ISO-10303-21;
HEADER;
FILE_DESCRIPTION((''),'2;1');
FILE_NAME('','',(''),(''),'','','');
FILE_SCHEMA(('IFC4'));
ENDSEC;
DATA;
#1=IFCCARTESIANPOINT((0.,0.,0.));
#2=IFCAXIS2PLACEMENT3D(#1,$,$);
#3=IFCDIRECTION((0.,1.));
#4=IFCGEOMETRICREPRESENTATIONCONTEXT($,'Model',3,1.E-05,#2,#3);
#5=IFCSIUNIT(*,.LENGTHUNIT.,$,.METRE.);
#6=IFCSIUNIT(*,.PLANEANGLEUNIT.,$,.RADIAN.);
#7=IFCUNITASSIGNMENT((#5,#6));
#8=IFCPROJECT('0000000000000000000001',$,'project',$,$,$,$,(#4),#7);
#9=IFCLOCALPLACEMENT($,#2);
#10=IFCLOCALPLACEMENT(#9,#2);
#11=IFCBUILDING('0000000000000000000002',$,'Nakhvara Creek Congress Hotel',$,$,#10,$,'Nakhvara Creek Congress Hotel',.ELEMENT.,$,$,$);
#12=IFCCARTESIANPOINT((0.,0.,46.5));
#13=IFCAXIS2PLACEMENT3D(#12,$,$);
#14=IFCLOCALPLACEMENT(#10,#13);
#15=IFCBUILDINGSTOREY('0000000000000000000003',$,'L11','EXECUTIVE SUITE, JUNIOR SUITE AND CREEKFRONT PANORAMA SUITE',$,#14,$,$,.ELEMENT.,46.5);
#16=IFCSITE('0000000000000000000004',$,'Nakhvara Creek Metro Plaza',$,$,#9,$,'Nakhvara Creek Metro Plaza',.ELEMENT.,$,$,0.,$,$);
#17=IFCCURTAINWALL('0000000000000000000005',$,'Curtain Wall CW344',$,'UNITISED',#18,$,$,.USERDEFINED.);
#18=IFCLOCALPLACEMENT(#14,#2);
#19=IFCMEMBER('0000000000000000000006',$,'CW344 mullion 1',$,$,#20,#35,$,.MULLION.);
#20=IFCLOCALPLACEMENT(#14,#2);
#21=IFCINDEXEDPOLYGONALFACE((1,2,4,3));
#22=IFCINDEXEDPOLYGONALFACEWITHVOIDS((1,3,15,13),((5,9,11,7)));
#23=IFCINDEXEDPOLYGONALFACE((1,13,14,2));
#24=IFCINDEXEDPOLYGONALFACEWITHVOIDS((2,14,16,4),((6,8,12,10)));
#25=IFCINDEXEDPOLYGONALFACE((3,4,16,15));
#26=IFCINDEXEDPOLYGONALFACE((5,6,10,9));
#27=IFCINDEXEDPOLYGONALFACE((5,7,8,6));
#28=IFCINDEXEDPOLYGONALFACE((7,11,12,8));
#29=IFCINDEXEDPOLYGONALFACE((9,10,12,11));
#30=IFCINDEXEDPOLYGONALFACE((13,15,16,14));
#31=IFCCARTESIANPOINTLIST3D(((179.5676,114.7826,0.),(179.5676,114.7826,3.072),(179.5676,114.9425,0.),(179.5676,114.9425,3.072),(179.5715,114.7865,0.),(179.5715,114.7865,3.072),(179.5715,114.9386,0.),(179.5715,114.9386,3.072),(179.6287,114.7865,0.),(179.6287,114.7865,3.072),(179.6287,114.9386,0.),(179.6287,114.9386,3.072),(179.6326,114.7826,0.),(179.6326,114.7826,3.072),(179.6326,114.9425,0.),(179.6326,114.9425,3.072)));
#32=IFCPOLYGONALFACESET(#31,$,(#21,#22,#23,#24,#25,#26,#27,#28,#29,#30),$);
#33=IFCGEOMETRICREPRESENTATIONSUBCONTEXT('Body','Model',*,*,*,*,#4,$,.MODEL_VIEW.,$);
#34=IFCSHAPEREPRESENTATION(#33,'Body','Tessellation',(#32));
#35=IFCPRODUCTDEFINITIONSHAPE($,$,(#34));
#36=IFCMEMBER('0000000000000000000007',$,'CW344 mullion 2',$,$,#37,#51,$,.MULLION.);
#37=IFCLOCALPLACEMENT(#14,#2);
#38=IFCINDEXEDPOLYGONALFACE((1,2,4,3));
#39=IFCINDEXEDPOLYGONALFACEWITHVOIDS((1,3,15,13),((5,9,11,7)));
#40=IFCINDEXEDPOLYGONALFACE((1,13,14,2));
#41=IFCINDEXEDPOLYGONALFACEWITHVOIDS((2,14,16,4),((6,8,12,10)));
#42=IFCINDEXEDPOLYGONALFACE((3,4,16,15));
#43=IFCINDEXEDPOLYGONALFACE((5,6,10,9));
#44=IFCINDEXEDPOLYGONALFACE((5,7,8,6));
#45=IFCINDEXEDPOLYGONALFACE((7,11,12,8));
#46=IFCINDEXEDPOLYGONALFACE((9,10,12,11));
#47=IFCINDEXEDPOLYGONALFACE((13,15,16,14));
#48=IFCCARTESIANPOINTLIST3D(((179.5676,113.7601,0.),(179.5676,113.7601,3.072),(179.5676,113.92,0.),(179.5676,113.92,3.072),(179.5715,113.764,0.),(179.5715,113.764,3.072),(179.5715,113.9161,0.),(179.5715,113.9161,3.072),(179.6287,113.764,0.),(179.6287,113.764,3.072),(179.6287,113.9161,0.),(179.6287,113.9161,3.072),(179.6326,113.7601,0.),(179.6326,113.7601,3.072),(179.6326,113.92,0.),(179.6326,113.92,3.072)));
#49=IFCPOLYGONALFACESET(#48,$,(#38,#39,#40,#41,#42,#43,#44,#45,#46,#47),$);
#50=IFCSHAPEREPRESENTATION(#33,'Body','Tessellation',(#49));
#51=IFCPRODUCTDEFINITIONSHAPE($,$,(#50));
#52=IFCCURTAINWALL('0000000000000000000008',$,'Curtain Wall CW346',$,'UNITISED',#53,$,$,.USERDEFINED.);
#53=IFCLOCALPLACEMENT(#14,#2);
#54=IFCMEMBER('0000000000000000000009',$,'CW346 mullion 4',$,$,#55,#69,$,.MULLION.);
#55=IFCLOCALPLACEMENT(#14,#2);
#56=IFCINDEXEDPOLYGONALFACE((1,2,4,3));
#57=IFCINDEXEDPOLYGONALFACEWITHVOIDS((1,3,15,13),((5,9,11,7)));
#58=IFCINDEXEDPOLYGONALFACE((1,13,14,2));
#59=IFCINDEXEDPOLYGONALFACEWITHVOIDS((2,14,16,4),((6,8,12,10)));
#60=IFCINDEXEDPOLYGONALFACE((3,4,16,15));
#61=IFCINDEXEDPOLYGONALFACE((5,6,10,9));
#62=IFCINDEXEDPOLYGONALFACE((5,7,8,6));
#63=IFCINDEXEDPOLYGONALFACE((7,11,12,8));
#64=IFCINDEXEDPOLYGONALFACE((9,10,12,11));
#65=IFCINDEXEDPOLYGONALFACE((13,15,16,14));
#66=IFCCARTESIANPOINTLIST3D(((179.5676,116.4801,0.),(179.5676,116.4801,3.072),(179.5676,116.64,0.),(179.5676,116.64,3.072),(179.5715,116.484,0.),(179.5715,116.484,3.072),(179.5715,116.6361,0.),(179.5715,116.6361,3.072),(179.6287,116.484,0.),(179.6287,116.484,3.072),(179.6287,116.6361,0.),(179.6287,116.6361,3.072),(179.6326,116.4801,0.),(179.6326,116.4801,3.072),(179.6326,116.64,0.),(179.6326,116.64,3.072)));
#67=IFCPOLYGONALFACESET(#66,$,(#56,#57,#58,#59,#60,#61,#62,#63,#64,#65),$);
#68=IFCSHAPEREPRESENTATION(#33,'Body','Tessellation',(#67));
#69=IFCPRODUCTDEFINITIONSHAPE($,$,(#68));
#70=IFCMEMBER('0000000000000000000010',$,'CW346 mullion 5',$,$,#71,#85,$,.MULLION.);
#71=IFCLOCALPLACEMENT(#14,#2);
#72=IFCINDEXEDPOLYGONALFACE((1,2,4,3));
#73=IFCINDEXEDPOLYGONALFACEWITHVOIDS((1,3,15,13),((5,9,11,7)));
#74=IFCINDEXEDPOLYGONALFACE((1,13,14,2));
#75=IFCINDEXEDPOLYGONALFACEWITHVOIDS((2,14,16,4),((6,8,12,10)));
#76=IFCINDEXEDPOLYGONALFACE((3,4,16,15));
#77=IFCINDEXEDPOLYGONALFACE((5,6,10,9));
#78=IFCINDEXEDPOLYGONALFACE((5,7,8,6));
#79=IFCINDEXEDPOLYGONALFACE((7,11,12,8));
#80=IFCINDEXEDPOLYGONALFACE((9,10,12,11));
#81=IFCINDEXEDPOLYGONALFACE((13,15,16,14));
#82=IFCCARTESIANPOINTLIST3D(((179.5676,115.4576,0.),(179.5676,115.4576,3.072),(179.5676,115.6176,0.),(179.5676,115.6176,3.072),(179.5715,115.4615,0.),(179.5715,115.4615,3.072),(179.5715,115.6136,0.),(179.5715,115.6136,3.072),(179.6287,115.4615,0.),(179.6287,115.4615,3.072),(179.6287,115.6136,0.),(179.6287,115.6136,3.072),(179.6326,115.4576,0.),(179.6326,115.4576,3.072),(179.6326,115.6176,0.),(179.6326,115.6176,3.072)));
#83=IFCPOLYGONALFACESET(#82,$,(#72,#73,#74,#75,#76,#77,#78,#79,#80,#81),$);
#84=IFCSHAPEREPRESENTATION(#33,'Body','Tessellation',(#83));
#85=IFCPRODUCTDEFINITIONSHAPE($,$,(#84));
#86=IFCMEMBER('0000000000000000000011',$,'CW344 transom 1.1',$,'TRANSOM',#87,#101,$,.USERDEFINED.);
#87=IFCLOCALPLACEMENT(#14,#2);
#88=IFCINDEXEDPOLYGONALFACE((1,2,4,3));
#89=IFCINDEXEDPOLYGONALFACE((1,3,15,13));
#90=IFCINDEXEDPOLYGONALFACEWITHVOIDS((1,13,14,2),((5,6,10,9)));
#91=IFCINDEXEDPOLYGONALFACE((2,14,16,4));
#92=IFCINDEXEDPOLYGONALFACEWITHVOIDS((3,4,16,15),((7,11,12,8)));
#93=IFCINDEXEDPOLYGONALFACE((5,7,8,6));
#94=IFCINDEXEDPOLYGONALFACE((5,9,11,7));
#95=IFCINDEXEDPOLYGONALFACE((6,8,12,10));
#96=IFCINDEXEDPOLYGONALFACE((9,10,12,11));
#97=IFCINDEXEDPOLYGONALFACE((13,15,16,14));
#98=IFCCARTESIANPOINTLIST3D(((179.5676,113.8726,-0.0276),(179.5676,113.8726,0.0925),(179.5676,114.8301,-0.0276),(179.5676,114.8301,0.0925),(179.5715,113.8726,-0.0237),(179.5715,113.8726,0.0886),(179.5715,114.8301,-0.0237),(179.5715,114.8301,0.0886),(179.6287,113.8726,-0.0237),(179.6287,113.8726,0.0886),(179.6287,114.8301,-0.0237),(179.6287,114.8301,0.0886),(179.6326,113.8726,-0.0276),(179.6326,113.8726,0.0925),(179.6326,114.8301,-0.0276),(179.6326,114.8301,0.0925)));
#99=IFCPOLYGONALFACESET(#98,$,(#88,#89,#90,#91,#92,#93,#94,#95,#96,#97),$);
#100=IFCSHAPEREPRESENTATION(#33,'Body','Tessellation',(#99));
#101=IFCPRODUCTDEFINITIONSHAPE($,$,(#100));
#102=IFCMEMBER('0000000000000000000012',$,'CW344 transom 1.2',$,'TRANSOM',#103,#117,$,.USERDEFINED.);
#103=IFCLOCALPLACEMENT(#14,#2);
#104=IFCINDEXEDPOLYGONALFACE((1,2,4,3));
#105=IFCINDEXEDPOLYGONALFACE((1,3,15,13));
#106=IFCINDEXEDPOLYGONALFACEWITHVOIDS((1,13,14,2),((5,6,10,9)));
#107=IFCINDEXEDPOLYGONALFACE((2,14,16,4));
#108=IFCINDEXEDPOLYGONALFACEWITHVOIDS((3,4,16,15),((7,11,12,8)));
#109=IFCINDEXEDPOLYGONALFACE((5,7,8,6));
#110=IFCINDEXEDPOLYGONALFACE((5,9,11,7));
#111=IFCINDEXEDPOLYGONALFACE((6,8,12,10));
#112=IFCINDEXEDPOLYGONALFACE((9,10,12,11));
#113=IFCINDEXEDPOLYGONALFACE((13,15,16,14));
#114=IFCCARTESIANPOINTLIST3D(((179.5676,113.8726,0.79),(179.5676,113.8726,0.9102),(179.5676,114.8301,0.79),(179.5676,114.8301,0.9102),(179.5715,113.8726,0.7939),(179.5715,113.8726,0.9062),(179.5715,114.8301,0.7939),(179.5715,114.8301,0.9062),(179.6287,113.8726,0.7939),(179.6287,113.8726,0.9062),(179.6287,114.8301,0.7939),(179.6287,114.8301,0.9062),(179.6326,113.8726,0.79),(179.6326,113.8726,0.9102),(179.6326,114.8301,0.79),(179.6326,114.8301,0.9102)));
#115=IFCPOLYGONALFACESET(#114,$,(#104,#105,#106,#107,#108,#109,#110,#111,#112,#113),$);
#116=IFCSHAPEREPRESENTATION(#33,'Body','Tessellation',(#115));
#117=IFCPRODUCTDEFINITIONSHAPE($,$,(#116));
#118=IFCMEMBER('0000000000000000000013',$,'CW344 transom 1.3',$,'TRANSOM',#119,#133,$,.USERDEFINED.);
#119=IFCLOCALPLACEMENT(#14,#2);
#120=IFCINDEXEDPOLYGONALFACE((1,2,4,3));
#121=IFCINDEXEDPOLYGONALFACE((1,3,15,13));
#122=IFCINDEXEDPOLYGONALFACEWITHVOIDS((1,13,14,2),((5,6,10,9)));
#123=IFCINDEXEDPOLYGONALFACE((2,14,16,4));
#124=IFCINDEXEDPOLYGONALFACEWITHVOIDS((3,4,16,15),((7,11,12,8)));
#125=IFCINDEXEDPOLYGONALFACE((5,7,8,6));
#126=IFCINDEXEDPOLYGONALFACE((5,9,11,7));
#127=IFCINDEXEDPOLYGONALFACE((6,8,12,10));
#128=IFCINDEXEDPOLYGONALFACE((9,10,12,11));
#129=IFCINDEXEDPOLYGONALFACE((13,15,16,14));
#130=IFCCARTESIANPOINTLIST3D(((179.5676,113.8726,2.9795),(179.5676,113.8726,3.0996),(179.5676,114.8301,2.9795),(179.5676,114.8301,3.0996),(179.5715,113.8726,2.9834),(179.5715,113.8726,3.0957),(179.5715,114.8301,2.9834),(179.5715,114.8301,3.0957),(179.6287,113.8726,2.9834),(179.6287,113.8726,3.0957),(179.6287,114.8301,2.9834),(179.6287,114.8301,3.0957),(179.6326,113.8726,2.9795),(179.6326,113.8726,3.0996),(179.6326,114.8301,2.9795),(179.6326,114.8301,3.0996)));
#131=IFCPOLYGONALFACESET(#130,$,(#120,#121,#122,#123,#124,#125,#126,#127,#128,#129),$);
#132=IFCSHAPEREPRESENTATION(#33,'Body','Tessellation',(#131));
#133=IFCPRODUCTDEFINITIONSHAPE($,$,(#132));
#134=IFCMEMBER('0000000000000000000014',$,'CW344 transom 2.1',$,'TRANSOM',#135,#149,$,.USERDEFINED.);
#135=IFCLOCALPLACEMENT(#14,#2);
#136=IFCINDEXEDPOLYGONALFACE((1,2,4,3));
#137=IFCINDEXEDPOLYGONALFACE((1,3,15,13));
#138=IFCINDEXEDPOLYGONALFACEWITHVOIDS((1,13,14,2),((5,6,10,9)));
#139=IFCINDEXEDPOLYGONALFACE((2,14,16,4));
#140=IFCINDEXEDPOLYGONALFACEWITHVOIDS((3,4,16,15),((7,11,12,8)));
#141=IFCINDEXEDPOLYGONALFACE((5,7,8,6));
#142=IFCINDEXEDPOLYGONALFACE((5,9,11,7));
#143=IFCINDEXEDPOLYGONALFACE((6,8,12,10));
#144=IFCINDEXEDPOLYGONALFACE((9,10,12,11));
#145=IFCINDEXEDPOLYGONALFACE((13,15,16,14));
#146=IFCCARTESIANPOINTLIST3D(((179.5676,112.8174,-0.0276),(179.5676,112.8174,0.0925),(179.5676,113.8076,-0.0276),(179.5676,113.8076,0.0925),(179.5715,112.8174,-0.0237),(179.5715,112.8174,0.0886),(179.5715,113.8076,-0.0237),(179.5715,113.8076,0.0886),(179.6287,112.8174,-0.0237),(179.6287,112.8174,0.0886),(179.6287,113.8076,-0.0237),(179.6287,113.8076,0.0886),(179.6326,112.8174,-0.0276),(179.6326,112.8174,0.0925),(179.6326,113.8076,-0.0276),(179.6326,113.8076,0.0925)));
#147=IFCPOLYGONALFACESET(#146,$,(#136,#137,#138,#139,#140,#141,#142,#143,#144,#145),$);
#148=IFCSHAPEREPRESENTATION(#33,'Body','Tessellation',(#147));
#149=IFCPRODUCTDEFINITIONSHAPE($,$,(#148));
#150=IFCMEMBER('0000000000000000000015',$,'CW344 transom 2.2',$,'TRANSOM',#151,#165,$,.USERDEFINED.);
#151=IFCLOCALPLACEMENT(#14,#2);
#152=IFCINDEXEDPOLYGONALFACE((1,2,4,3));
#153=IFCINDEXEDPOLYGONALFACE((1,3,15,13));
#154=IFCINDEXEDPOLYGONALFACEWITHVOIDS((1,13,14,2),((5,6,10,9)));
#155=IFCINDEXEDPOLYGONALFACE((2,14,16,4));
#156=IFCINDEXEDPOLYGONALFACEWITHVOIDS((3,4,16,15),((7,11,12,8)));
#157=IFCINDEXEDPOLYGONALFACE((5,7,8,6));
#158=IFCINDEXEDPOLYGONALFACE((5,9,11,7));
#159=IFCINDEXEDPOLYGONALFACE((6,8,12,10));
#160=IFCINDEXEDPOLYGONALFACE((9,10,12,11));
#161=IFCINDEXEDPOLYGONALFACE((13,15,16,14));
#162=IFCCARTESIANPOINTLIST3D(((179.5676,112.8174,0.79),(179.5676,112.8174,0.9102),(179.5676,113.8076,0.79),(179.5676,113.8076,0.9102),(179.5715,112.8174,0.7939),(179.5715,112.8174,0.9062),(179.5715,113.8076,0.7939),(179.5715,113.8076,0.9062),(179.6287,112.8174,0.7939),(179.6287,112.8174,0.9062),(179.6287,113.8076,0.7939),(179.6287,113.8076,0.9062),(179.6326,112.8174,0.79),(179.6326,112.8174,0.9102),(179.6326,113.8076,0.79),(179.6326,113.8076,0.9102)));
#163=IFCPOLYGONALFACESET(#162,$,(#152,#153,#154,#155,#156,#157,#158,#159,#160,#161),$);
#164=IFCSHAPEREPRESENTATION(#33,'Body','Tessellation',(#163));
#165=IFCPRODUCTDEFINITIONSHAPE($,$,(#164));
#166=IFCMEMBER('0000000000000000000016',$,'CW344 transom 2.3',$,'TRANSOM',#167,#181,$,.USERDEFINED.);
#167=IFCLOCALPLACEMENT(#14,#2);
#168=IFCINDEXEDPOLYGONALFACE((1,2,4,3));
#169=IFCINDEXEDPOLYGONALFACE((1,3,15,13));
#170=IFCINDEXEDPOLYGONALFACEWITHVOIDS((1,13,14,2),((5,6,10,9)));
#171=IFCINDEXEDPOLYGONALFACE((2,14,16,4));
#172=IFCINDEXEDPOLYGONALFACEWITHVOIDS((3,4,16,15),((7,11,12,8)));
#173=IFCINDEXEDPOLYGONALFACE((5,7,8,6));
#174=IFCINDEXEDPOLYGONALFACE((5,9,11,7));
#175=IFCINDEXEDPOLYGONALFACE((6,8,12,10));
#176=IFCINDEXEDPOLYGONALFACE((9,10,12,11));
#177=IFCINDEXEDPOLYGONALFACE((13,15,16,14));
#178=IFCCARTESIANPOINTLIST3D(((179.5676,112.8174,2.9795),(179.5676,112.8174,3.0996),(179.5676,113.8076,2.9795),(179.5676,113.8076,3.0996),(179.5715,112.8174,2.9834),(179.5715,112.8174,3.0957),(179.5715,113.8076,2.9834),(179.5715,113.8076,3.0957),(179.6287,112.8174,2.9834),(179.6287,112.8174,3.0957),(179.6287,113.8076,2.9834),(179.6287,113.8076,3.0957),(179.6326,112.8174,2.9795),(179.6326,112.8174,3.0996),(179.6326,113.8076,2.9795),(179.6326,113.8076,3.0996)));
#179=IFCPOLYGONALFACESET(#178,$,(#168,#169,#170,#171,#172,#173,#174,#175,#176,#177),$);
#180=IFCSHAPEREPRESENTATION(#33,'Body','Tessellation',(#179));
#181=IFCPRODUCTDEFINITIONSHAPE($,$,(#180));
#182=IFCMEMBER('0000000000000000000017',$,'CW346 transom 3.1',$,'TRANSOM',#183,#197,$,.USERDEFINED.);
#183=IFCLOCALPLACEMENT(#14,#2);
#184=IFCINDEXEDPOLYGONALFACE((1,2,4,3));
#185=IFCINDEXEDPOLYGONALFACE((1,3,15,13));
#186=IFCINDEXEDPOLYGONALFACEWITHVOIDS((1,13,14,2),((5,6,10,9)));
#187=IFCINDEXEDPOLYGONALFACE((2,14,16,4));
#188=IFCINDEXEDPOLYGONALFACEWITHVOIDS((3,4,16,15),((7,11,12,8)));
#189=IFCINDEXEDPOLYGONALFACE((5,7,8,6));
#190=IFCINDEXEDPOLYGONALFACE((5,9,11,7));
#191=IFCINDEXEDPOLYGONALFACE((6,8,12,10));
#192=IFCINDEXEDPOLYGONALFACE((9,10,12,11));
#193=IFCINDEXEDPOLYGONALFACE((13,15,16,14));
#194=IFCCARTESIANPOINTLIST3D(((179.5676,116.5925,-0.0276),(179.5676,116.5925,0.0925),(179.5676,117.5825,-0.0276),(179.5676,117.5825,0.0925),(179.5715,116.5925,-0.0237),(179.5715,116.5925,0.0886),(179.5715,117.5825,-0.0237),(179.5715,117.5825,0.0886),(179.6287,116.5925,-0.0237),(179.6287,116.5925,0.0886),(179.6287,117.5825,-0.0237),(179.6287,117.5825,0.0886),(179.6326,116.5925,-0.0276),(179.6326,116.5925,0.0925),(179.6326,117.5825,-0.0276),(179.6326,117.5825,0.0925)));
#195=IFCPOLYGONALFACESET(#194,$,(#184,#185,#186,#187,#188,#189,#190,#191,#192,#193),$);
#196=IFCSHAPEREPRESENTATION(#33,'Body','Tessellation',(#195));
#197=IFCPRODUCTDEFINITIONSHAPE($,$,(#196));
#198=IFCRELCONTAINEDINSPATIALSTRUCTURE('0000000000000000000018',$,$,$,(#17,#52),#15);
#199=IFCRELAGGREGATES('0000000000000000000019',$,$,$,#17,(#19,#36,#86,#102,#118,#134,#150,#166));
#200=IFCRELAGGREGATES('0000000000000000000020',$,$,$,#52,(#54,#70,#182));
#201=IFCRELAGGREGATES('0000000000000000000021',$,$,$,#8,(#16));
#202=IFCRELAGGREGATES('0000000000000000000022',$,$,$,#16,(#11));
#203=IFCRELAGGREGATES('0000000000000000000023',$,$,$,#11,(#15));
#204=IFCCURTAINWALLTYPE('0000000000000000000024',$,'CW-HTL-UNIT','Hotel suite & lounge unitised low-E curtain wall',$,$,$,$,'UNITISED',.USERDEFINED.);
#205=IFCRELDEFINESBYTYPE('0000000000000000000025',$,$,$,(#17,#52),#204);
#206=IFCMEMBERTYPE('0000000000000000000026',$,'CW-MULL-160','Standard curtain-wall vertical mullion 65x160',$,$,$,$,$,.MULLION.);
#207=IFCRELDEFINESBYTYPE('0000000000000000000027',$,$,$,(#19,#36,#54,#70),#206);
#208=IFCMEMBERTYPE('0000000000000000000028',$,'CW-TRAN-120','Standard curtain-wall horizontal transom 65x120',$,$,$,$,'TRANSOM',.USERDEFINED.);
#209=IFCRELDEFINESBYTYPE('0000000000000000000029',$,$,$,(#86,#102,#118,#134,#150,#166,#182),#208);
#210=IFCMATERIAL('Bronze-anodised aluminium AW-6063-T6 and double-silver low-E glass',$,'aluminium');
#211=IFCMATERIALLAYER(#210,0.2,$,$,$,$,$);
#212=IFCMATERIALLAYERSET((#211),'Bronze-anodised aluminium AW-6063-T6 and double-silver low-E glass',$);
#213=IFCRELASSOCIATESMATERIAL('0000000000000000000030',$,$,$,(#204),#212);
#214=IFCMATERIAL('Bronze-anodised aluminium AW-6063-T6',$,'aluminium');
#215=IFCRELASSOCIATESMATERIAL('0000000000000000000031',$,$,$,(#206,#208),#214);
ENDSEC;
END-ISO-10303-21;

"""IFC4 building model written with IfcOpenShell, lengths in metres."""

from ifc_helpers import new_model, si_unit, direction, frame, origin, origin_2d, place, context, subcontext, project, spatial, hollow_rectangle, extrude, material, layer, layer_set, material_profile, profile_set, type_object, element, aggregate, save


model = new_model("IFC4")

# Units and contexts
model_context = context("Model", 3, precision=1e-05, world=origin(), true_north=direction((0.0, 1.0)))
body_context = subcontext(model_context, "Body", "Model", "MODEL_VIEW")
ifc_project = project(units=[si_unit("LENGTHUNIT", "METRE"), si_unit("PLANEANGLEUNIT", "RADIAN")], contexts=[model_context])

# Site, building, storey
site_placement = place(None, origin())
site = spatial("IfcSite", under=ifc_project, at=site_placement, Name="Nakhvara Creek Metro Plaza", LongName="Nakhvara Creek Metro Plaza", CompositionType="ELEMENT", RefElevation=0.0)
building_placement = place(site_placement, origin())
building = spatial("IfcBuilding", under=site, at=building_placement, Name="Nakhvara Creek Congress Hotel", LongName="Nakhvara Creek Congress Hotel", CompositionType="ELEMENT")
storey_placement = place(building_placement, frame((0.0, 0.0, 46.5)))
storey = spatial("IfcBuildingStorey", under=building, at=storey_placement, Name="L11", Description="EXECUTIVE SUITE, JUNIOR SUITE AND CREEKFRONT PANORAMA SUITE", CompositionType="ELEMENT", Elevation=46.5)

# Curtain walls, members
ifc_material_1 = material(Name="Bronze-anodised aluminium AW-6063-T6 and double-silver low-E glass", Category="aluminium")
ifc_layer_1 = layer(ifc_material_1, 0.2)
ifc_layer_set_1 = layer_set([ifc_layer_1], Name="Bronze-anodised aluminium AW-6063-T6 and double-silver low-E glass")
curtain_wall_type = type_object("IfcCurtainWallType", Name="CW-HTL-UNIT", Description="Hotel suite & lounge unitised low-E curtain wall", ElementType="UNITISED", PredefinedType="USERDEFINED", material=ifc_layer_set_1)
curtain_wall_1_placement = place(storey_placement, origin())
curtain_wall_1 = element("IfcCurtainWall", 1, at=curtain_wall_1_placement, inside=storey, type_object=curtain_wall_type, Name="Curtain Wall CW344", ObjectType="UNITISED", PredefinedType="USERDEFINED")
ifc_material_2 = material(Name="Bronze-anodised aluminium AW-6063-T6", Category="aluminium")
ifc_material_profile_1 = material_profile(ifc_material_2, hollow_rectangle(XDim=0.0649, YDim=0.1599, WallThickness=0.0039, at=origin_2d()), Name="ALU-MULL 65x160x4", Category="LoadBearing")
ifc_profile_set_1 = profile_set([ifc_material_profile_1], Name="Bronze-anodised aluminium AW-6063-T6")
member_type_1 = type_object("IfcMemberType", Name="CW-MULL-160", Description="Standard curtain-wall vertical mullion 65x160", PredefinedType="MULLION", material=ifc_profile_set_1)
member_1_placement = place(storey_placement, frame((179.6001, 114.8625, 0.0), z_axis=(0.0, 0.0, 1.0), x_axis=(1.0, 0.0, 0.0)))
member_1 = element("IfcMember", 2, at=member_1_placement, type_object=member_type_1, Name="CW344 mullion 1", PredefinedType="MULLION", context=body_context, shape_type="SweptSolid", body=[
    extrude(hollow_rectangle(XDim=0.0649, YDim=0.1599, WallThickness=0.0039, at=origin_2d()), origin(), (0.0, 0.0, 1.0), 3.072),
])
member_2_placement = place(storey_placement, frame((179.6001, 113.8401, 0.0), z_axis=(0.0, 0.0, 1.0), x_axis=(1.0, 0.0, 0.0)))
member_2 = element("IfcMember", 3, at=member_2_placement, type_object=member_type_1, Name="CW344 mullion 2", PredefinedType="MULLION", context=body_context, shape_type="SweptSolid", body=[
    extrude(hollow_rectangle(XDim=0.0649, YDim=0.1599, WallThickness=0.0039, at=origin_2d()), origin(), (0.0, 0.0, 1.0), 3.072),
])
curtain_wall_2_placement = place(storey_placement, origin())
curtain_wall_2 = element("IfcCurtainWall", 4, at=curtain_wall_2_placement, inside=storey, type_object=curtain_wall_type, Name="Curtain Wall CW346", ObjectType="UNITISED", PredefinedType="USERDEFINED")
member_3_placement = place(storey_placement, frame((179.6001, 116.5601, 0.0), z_axis=(0.0, 0.0, 1.0), x_axis=(1.0, 0.0, 0.0)))
member_3 = element("IfcMember", 5, at=member_3_placement, type_object=member_type_1, Name="CW346 mullion 4", PredefinedType="MULLION", context=body_context, shape_type="SweptSolid", body=[
    extrude(hollow_rectangle(XDim=0.0649, YDim=0.1599, WallThickness=0.0039, at=origin_2d()), origin(), (0.0, 0.0, 1.0), 3.072),
])
member_4_placement = place(storey_placement, frame((179.6001, 115.5376, 0.0), z_axis=(0.0, 0.0, 1.0), x_axis=(1.0, 0.0, 0.0)))
member_4 = element("IfcMember", 6, at=member_4_placement, type_object=member_type_1, Name="CW346 mullion 5", PredefinedType="MULLION", context=body_context, shape_type="SweptSolid", body=[
    extrude(hollow_rectangle(XDim=0.0649, YDim=0.1599, WallThickness=0.0039, at=origin_2d()), origin(), (0.0, 0.0, 1.0), 3.072),
])

# Members
ifc_material_profile_2 = material_profile(ifc_material_2, hollow_rectangle(XDim=0.0649, YDim=0.1201, WallThickness=0.0039, at=origin_2d()), Name="ALU-TRAN 65x120x4", Category="LoadBearing")
ifc_profile_set_2 = profile_set([ifc_material_profile_2], Name="Bronze-anodised aluminium AW-6063-T6")
member_type_2 = type_object("IfcMemberType", Name="CW-TRAN-120", Description="Standard curtain-wall horizontal transom 65x120", ElementType="TRANSOM", PredefinedType="USERDEFINED", material=ifc_profile_set_2)
member_5_placement = place(storey_placement, frame((179.6001, 114.8301, 0.0325), z_axis=(0.0, -1.0, 0.0), x_axis=(1.0, 0.0, 0.0)))
member_5 = element("IfcMember", 7, at=member_5_placement, type_object=member_type_2, Name="CW344 transom 1.1", ObjectType="TRANSOM", PredefinedType="USERDEFINED", context=body_context, shape_type="SweptSolid", body=[
    extrude(hollow_rectangle(XDim=0.0649, YDim=0.1201, WallThickness=0.0039, at=origin_2d()), origin(), (0.0, 0.0, 1.0), 0.9575),
])
member_6_placement = place(storey_placement, frame((179.6001, 114.8301, 0.8501), z_axis=(0.0, -1.0, 0.0), x_axis=(1.0, 0.0, 0.0)))
member_6 = element("IfcMember", 8, at=member_6_placement, type_object=member_type_2, Name="CW344 transom 1.2", ObjectType="TRANSOM", PredefinedType="USERDEFINED", context=body_context, shape_type="SweptSolid", body=[
    extrude(hollow_rectangle(XDim=0.0649, YDim=0.1201, WallThickness=0.0039, at=origin_2d()), origin(), (0.0, 0.0, 1.0), 0.9575),
])
member_7_placement = place(storey_placement, frame((179.6001, 114.8301, 3.0396), z_axis=(0.0, -1.0, 0.0), x_axis=(1.0, 0.0, 0.0)))
member_7 = element("IfcMember", 9, at=member_7_placement, type_object=member_type_2, Name="CW344 transom 1.3", ObjectType="TRANSOM", PredefinedType="USERDEFINED", context=body_context, shape_type="SweptSolid", body=[
    extrude(hollow_rectangle(XDim=0.0649, YDim=0.1201, WallThickness=0.0039, at=origin_2d()), origin(), (0.0, 0.0, 1.0), 0.9575),
])
member_8_placement = place(storey_placement, frame((179.6001, 113.8076, 0.0325), z_axis=(0.0, -1.0, 0.0), x_axis=(1.0, 0.0, 0.0)))
member_8 = element("IfcMember", 10, at=member_8_placement, type_object=member_type_2, Name="CW344 transom 2.1", ObjectType="TRANSOM", PredefinedType="USERDEFINED", context=body_context, shape_type="SweptSolid", body=[
    extrude(hollow_rectangle(XDim=0.0649, YDim=0.1201, WallThickness=0.0039, at=origin_2d()), origin(), (0.0, 0.0, 1.0), 0.9902),
])
member_9_placement = place(storey_placement, frame((179.6001, 113.8076, 0.8501), z_axis=(0.0, -1.0, 0.0), x_axis=(1.0, 0.0, 0.0)))
member_9 = element("IfcMember", 11, at=member_9_placement, type_object=member_type_2, Name="CW344 transom 2.2", ObjectType="TRANSOM", PredefinedType="USERDEFINED", context=body_context, shape_type="SweptSolid", body=[
    extrude(hollow_rectangle(XDim=0.0649, YDim=0.1201, WallThickness=0.0039, at=origin_2d()), origin(), (0.0, 0.0, 1.0), 0.9902),
])
member_10_placement = place(storey_placement, frame((179.6001, 113.8076, 3.0396), z_axis=(0.0, -1.0, 0.0), x_axis=(1.0, 0.0, 0.0)))
member_10 = element("IfcMember", 12, at=member_10_placement, type_object=member_type_2, Name="CW344 transom 2.3", ObjectType="TRANSOM", PredefinedType="USERDEFINED", context=body_context, shape_type="SweptSolid", body=[
    extrude(hollow_rectangle(XDim=0.0649, YDim=0.1201, WallThickness=0.0039, at=origin_2d()), origin(), (0.0, 0.0, 1.0), 0.9902),
])
member_11_placement = place(storey_placement, frame((179.6001, 117.5825, 0.0325), z_axis=(0.0, -1.0, 0.0), x_axis=(1.0, 0.0, 0.0)))
member_11 = element("IfcMember", 13, at=member_11_placement, type_object=member_type_2, Name="CW346 transom 3.1", ObjectType="TRANSOM", PredefinedType="USERDEFINED", context=body_context, shape_type="SweptSolid", body=[
    extrude(hollow_rectangle(XDim=0.0649, YDim=0.1201, WallThickness=0.0039, at=origin_2d()), origin(), (0.0, 0.0, 1.0), 0.99),
])

aggregate(curtain_wall_1, [member_1, member_2, member_5, member_6, member_7, member_8, member_9, member_10])
aggregate(curtain_wall_2, [member_3, member_4, member_11])

save(model, "model.ifc")
